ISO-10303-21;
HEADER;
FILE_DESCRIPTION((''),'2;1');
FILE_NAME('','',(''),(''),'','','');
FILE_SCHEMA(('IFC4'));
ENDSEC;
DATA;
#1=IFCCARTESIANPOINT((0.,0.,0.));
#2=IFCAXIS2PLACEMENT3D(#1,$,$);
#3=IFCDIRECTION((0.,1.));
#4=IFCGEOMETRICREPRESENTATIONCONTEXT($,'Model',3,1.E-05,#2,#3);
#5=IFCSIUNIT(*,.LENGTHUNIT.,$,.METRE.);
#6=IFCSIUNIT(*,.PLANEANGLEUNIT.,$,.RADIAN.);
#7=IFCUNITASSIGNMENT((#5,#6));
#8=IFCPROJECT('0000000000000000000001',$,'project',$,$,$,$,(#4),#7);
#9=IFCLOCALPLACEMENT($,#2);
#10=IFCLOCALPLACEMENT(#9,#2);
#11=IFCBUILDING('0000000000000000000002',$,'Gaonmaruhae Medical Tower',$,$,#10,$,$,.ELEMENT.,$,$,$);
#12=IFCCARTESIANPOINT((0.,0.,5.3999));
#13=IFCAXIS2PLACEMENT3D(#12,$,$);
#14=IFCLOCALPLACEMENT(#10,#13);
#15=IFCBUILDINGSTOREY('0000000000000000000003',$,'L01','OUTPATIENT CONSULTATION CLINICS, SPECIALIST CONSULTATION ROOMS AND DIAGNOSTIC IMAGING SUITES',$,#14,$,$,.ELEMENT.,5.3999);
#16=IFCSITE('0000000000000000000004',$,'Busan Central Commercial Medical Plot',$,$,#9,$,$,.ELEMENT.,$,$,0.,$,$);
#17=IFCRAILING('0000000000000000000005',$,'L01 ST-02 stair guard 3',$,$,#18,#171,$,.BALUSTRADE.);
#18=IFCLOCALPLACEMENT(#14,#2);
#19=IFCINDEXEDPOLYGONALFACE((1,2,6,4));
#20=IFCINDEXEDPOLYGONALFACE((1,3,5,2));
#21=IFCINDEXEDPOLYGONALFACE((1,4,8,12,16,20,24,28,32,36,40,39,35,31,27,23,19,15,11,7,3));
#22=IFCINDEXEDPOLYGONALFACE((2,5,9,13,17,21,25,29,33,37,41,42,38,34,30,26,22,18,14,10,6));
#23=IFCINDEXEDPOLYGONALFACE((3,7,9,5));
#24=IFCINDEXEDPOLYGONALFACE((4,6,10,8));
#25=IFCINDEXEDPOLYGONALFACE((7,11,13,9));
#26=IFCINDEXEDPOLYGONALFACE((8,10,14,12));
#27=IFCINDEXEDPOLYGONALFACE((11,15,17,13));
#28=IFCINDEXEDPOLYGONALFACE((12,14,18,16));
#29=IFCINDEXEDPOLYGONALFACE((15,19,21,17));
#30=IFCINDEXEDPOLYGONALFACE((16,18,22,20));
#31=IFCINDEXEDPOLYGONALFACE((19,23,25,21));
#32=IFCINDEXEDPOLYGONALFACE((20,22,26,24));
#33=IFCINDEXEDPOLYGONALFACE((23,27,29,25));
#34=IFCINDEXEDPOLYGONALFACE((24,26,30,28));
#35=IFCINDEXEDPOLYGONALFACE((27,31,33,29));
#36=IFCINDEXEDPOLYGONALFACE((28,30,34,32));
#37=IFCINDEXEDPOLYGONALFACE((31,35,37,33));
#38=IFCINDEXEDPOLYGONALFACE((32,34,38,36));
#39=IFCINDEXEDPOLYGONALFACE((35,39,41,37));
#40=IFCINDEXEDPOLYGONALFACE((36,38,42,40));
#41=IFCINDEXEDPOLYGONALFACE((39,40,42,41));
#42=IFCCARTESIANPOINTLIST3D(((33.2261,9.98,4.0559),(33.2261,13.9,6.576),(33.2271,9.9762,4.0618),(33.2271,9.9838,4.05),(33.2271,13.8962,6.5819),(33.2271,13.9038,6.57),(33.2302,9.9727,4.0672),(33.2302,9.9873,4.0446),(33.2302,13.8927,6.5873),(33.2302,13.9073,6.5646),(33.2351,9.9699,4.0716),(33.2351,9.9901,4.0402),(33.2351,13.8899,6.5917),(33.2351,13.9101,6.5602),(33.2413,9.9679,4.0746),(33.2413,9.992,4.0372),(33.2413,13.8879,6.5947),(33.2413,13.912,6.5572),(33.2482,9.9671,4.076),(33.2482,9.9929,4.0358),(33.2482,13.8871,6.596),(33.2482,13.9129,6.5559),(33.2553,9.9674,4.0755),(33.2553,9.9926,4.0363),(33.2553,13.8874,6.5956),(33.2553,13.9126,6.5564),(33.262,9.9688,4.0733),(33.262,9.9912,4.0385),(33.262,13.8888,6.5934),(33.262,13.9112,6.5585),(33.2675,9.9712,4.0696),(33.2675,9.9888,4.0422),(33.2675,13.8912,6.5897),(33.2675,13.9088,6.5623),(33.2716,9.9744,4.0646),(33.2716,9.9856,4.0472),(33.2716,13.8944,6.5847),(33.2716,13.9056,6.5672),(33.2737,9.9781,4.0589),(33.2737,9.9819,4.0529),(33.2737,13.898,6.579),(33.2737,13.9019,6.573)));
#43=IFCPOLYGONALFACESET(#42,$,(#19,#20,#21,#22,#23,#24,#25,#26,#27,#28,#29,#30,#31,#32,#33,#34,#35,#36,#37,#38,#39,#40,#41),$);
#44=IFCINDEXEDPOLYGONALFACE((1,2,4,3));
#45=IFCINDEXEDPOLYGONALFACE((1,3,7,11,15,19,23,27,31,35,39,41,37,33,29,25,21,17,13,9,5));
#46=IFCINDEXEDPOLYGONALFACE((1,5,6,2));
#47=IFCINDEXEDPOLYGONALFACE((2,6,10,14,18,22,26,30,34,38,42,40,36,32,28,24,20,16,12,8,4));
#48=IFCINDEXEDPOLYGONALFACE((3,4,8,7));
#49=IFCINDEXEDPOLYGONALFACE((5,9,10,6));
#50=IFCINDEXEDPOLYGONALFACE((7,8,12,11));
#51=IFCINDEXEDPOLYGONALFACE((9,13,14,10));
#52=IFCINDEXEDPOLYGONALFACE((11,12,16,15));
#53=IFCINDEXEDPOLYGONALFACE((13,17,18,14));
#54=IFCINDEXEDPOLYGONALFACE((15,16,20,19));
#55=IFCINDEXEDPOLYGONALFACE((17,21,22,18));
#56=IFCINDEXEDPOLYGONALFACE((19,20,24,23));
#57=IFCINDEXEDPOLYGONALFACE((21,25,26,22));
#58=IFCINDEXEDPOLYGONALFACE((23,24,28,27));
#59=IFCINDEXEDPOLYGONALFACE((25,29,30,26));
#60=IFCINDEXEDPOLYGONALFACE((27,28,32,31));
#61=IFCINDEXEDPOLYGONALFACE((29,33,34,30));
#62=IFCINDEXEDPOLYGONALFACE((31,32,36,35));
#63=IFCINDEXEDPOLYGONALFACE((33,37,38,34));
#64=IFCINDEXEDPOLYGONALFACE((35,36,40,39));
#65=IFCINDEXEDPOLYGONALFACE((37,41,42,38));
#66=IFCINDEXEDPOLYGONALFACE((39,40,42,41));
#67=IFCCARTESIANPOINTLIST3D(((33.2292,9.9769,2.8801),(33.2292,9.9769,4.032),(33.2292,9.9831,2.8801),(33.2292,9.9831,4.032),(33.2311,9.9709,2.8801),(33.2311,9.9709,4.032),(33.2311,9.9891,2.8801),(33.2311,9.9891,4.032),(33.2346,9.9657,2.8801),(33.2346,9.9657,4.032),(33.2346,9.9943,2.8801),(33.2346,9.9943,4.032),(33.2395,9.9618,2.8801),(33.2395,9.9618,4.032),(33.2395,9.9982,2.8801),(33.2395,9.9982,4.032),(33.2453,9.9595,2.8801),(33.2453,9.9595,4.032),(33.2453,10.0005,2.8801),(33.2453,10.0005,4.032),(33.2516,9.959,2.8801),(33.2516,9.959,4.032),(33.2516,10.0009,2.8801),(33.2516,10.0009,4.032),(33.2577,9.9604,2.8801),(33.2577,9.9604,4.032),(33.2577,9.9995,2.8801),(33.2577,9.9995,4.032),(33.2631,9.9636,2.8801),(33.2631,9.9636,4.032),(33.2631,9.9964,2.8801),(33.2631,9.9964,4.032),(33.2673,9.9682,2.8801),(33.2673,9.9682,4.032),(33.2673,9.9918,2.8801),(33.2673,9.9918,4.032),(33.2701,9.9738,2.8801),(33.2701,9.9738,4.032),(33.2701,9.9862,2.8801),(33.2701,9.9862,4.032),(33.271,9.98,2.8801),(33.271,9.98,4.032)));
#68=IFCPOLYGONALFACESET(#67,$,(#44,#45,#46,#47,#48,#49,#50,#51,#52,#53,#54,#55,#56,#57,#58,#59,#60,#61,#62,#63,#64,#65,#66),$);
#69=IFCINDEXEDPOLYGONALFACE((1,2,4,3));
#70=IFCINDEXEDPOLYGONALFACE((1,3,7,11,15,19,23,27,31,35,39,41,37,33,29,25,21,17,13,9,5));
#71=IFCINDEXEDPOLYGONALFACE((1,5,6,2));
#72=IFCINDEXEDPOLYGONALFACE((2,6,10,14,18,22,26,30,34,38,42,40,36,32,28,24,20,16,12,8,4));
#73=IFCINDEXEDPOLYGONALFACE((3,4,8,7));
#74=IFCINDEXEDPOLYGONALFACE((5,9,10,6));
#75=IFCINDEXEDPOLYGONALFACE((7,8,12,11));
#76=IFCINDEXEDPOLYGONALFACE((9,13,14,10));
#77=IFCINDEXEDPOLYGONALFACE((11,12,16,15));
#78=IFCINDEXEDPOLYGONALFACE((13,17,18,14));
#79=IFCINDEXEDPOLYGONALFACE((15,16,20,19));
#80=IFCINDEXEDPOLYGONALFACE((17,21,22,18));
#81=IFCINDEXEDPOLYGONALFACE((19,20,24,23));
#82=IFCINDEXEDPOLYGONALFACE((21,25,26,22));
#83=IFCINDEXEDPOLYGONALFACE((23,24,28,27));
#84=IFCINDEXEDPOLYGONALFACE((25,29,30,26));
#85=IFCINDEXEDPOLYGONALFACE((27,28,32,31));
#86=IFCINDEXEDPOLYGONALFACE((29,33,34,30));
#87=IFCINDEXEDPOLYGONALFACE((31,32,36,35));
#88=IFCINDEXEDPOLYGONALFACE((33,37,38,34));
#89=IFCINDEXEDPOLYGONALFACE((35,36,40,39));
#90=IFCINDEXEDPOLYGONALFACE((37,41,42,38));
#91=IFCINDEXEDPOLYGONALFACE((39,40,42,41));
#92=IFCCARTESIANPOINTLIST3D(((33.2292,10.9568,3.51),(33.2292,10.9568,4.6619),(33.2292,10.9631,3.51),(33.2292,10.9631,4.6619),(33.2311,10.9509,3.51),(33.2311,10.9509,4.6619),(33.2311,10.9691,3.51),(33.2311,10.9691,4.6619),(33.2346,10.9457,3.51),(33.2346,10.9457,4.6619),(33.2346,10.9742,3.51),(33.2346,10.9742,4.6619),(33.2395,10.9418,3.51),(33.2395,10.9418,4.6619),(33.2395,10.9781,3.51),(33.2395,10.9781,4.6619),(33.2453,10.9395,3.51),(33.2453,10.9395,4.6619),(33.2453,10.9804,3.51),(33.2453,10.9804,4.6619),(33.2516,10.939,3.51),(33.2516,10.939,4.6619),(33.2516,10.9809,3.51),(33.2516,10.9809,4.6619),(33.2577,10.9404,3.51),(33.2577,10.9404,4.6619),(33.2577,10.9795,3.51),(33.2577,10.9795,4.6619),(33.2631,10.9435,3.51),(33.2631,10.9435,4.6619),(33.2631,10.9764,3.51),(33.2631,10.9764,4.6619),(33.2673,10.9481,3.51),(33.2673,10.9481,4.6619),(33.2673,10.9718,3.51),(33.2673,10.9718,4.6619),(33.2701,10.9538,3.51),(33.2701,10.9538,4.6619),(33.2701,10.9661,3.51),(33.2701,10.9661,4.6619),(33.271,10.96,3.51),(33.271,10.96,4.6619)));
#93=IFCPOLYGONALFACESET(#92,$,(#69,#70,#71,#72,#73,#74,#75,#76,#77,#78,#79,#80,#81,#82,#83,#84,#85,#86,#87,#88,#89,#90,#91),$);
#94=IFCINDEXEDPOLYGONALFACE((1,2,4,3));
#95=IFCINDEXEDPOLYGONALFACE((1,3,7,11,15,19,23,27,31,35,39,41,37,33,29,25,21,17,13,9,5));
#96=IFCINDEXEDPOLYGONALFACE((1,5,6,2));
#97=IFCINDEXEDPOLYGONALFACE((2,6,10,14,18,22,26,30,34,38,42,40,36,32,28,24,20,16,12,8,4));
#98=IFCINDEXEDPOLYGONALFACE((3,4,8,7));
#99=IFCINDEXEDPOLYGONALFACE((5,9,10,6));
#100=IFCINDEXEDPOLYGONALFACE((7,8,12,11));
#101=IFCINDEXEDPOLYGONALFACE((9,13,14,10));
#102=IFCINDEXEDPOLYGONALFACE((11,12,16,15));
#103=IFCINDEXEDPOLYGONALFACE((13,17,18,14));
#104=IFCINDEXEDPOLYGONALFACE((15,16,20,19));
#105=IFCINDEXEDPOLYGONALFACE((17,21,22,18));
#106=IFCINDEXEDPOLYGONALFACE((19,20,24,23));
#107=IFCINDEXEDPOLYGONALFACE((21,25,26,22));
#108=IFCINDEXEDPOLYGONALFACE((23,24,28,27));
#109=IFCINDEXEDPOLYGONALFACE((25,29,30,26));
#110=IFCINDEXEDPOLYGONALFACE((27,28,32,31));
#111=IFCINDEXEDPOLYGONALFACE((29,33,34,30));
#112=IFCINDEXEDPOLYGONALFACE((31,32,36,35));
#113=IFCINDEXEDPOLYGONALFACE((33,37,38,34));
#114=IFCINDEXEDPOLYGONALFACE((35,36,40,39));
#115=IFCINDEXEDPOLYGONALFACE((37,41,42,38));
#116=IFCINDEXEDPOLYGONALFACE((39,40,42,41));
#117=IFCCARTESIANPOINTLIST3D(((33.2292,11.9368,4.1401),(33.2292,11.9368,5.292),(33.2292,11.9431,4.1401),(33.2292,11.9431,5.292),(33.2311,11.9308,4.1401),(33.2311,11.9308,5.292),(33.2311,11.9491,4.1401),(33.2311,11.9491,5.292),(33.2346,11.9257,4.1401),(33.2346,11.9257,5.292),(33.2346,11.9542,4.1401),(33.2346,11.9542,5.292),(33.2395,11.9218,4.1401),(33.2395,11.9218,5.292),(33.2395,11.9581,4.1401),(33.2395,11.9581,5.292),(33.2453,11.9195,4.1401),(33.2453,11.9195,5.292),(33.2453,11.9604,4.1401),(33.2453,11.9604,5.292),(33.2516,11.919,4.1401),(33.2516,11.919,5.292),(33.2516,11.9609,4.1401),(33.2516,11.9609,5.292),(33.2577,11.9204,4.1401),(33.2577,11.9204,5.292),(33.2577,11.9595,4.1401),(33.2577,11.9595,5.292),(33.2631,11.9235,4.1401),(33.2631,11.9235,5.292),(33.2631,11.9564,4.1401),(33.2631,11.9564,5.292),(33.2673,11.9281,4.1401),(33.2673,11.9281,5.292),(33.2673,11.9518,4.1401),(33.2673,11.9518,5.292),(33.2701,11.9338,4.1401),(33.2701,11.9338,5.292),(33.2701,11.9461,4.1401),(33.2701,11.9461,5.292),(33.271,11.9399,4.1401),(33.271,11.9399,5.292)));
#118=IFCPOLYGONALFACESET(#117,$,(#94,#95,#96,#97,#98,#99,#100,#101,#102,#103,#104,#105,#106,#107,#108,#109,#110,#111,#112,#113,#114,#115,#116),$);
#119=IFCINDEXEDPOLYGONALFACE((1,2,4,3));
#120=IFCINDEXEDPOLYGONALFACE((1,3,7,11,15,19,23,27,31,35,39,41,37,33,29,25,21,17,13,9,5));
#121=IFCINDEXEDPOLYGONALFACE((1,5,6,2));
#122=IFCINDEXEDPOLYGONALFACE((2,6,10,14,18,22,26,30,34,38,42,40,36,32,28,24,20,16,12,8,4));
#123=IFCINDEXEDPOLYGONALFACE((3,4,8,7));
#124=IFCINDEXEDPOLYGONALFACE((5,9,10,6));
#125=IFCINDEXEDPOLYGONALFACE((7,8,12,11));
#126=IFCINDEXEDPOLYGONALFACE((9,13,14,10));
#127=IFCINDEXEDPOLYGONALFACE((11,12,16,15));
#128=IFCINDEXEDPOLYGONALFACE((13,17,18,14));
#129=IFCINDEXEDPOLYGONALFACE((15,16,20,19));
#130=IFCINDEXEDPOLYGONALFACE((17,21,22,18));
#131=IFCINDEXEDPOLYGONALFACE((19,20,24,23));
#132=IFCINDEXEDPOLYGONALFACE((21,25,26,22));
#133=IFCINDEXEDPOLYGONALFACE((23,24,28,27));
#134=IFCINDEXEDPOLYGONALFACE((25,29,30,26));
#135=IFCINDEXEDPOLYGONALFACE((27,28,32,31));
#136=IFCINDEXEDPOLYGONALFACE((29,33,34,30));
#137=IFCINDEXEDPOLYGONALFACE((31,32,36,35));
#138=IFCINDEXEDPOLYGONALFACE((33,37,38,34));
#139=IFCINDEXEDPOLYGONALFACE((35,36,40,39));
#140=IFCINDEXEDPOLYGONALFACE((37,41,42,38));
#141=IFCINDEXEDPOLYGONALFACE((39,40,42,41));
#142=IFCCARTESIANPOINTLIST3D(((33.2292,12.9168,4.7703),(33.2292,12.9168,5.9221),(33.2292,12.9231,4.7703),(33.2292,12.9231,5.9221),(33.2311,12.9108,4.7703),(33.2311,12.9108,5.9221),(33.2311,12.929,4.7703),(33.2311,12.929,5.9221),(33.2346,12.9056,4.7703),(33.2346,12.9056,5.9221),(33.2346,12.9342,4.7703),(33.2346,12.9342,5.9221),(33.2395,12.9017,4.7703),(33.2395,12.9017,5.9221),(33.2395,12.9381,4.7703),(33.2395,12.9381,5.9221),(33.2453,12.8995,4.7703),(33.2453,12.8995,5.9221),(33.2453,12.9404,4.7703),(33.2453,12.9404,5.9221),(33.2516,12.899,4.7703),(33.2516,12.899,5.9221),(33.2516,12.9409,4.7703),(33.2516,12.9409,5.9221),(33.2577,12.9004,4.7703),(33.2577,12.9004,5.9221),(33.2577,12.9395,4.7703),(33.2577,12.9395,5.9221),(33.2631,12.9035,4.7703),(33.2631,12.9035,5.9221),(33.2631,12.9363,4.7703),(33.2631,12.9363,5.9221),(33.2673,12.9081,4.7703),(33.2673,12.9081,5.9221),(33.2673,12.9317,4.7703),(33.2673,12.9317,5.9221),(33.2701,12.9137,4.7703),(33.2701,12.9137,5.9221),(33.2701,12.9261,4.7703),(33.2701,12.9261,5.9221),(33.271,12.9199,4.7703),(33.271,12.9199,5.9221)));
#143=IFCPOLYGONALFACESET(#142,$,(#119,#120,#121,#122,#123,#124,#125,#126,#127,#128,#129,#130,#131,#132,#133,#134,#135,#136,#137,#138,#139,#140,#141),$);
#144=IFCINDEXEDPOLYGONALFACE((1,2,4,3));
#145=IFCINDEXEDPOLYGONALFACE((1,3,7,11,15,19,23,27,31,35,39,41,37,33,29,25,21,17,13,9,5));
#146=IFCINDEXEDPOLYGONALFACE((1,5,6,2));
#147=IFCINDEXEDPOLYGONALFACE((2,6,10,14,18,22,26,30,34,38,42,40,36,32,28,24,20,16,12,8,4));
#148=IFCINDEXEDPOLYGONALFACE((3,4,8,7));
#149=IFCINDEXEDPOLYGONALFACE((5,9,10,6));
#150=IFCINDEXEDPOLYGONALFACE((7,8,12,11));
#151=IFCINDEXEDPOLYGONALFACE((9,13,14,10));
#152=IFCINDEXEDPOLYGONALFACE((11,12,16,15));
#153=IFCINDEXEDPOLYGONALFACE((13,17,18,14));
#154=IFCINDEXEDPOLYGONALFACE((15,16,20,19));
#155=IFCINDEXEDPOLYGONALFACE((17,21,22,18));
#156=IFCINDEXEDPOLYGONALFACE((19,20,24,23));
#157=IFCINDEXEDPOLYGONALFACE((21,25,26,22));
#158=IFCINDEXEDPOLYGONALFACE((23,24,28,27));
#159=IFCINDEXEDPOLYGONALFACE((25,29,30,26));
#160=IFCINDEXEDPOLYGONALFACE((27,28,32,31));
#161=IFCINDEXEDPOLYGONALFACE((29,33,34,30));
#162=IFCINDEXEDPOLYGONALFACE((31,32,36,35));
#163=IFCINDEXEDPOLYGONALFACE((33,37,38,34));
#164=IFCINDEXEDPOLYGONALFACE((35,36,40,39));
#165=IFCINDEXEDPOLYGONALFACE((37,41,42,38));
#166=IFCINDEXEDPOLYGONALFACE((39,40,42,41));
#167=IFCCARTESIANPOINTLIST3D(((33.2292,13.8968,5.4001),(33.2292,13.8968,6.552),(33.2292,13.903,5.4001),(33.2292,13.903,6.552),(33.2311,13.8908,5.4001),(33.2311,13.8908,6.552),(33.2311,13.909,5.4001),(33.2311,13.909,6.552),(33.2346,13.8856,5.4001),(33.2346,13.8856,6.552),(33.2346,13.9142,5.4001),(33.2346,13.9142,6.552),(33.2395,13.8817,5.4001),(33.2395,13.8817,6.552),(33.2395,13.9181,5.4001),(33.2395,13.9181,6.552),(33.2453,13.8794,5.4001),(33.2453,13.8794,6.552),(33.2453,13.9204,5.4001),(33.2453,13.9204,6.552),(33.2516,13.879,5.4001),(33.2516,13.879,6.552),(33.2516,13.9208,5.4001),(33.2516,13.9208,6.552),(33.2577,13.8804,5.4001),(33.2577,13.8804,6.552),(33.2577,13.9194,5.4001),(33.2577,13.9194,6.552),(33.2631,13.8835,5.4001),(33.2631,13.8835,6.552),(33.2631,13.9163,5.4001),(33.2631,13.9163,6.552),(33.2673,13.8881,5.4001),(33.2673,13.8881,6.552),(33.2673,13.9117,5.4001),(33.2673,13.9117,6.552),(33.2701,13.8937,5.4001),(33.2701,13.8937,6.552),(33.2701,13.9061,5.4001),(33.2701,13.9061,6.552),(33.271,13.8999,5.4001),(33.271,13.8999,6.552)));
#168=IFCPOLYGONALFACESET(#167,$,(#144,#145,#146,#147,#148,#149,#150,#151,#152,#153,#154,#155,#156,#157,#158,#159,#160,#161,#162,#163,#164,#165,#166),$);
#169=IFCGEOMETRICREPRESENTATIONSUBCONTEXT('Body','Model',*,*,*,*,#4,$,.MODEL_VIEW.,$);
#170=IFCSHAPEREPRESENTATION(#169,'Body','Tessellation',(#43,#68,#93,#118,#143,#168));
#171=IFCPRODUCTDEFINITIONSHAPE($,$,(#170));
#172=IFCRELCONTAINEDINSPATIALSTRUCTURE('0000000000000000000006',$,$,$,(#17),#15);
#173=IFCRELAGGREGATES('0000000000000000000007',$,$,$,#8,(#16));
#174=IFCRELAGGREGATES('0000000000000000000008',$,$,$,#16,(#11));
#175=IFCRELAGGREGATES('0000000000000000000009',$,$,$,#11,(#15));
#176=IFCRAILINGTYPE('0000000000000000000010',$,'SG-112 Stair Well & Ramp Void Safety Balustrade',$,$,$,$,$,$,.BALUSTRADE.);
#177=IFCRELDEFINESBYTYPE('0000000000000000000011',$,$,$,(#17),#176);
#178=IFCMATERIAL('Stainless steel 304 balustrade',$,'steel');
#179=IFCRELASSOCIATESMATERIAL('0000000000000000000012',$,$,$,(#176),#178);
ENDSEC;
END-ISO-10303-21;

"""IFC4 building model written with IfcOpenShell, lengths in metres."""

from ifc_helpers import new_model, si_unit, direction, frame, origin, origin_2d, place, context, subcontext, project, spatial, circle, extrude, material, type_object, element, save


model = new_model("IFC4")

# Units and contexts
model_context = context("Model", 3, precision=1e-05, world=origin(), true_north=direction((0.0, 1.0)))
body_context = subcontext(model_context, "Body", "Model", "MODEL_VIEW")
ifc_project = project(units=[si_unit("LENGTHUNIT", "METRE"), si_unit("PLANEANGLEUNIT", "RADIAN")], contexts=[model_context])

# Site, building, storey
site_placement = place(None, origin())
site = spatial("IfcSite", under=ifc_project, at=site_placement, Name="Busan Central Commercial Medical Plot", CompositionType="ELEMENT", RefElevation=0.0)
building_placement = place(site_placement, origin())
building = spatial("IfcBuilding", under=site, at=building_placement, Name="Gaonmaruhae Medical Tower", CompositionType="ELEMENT")
storey_placement = place(building_placement, frame((0.0, 0.0, 5.3999)))
storey = spatial("IfcBuildingStorey", under=building, at=storey_placement, Name="L01", Description="OUTPATIENT CONSULTATION CLINICS, SPECIALIST CONSULTATION ROOMS AND DIAGNOSTIC IMAGING SUITES", CompositionType="ELEMENT", Elevation=5.3999)

# Railing
ifc_material_1 = material(Name="Stainless steel 304 balustrade", Category="steel")
railing_type_1 = type_object("IfcRailingType", Name="SG-112 Stair Well & Ramp Void Safety Balustrade", PredefinedType="BALUSTRADE", material=ifc_material_1)
railing_1_placement = place(storey_placement, frame((33.25, 9.98, 2.8801)))
element("IfcRailing", 1, at=railing_1_placement, inside=storey, type_object=railing_type_1, Name="L01 ST-02 stair guard 3", PredefinedType="BALUSTRADE", context=body_context, shape_type="SweptSolid", body=[
    extrude(circle(Radius=0.0239, at=origin_2d()), frame((0.0, 0.0, 1.1758), z_axis=(0.0, 0.841172, 0.540768), x_axis=(-1.0, 0.0, 0.0)), (0.0, 0.0, 1.0), 4.6602),
    extrude(circle(Radius=0.021, at=origin_2d()), origin(), (0.0, 0.0, 1.0), 1.1519),
    extrude(circle(Radius=0.021, at=origin_2d()), frame((0.0, 0.98, 0.6299)), (0.0, 0.0, 1.0), 1.1519),
    extrude(circle(Radius=0.021, at=origin_2d()), frame((0.0, 1.96, 1.26)), (0.0, 0.0, 1.0), 1.1519),
    extrude(circle(Radius=0.021, at=origin_2d()), frame((0.0, 2.9399, 1.8901)), (0.0, 0.0, 1.0), 1.1519),
    extrude(circle(Radius=0.021, at=origin_2d()), frame((0.0, 3.9199, 2.52)), (0.0, 0.0, 1.0), 1.1519),
])

save(model, "model.ifc")
